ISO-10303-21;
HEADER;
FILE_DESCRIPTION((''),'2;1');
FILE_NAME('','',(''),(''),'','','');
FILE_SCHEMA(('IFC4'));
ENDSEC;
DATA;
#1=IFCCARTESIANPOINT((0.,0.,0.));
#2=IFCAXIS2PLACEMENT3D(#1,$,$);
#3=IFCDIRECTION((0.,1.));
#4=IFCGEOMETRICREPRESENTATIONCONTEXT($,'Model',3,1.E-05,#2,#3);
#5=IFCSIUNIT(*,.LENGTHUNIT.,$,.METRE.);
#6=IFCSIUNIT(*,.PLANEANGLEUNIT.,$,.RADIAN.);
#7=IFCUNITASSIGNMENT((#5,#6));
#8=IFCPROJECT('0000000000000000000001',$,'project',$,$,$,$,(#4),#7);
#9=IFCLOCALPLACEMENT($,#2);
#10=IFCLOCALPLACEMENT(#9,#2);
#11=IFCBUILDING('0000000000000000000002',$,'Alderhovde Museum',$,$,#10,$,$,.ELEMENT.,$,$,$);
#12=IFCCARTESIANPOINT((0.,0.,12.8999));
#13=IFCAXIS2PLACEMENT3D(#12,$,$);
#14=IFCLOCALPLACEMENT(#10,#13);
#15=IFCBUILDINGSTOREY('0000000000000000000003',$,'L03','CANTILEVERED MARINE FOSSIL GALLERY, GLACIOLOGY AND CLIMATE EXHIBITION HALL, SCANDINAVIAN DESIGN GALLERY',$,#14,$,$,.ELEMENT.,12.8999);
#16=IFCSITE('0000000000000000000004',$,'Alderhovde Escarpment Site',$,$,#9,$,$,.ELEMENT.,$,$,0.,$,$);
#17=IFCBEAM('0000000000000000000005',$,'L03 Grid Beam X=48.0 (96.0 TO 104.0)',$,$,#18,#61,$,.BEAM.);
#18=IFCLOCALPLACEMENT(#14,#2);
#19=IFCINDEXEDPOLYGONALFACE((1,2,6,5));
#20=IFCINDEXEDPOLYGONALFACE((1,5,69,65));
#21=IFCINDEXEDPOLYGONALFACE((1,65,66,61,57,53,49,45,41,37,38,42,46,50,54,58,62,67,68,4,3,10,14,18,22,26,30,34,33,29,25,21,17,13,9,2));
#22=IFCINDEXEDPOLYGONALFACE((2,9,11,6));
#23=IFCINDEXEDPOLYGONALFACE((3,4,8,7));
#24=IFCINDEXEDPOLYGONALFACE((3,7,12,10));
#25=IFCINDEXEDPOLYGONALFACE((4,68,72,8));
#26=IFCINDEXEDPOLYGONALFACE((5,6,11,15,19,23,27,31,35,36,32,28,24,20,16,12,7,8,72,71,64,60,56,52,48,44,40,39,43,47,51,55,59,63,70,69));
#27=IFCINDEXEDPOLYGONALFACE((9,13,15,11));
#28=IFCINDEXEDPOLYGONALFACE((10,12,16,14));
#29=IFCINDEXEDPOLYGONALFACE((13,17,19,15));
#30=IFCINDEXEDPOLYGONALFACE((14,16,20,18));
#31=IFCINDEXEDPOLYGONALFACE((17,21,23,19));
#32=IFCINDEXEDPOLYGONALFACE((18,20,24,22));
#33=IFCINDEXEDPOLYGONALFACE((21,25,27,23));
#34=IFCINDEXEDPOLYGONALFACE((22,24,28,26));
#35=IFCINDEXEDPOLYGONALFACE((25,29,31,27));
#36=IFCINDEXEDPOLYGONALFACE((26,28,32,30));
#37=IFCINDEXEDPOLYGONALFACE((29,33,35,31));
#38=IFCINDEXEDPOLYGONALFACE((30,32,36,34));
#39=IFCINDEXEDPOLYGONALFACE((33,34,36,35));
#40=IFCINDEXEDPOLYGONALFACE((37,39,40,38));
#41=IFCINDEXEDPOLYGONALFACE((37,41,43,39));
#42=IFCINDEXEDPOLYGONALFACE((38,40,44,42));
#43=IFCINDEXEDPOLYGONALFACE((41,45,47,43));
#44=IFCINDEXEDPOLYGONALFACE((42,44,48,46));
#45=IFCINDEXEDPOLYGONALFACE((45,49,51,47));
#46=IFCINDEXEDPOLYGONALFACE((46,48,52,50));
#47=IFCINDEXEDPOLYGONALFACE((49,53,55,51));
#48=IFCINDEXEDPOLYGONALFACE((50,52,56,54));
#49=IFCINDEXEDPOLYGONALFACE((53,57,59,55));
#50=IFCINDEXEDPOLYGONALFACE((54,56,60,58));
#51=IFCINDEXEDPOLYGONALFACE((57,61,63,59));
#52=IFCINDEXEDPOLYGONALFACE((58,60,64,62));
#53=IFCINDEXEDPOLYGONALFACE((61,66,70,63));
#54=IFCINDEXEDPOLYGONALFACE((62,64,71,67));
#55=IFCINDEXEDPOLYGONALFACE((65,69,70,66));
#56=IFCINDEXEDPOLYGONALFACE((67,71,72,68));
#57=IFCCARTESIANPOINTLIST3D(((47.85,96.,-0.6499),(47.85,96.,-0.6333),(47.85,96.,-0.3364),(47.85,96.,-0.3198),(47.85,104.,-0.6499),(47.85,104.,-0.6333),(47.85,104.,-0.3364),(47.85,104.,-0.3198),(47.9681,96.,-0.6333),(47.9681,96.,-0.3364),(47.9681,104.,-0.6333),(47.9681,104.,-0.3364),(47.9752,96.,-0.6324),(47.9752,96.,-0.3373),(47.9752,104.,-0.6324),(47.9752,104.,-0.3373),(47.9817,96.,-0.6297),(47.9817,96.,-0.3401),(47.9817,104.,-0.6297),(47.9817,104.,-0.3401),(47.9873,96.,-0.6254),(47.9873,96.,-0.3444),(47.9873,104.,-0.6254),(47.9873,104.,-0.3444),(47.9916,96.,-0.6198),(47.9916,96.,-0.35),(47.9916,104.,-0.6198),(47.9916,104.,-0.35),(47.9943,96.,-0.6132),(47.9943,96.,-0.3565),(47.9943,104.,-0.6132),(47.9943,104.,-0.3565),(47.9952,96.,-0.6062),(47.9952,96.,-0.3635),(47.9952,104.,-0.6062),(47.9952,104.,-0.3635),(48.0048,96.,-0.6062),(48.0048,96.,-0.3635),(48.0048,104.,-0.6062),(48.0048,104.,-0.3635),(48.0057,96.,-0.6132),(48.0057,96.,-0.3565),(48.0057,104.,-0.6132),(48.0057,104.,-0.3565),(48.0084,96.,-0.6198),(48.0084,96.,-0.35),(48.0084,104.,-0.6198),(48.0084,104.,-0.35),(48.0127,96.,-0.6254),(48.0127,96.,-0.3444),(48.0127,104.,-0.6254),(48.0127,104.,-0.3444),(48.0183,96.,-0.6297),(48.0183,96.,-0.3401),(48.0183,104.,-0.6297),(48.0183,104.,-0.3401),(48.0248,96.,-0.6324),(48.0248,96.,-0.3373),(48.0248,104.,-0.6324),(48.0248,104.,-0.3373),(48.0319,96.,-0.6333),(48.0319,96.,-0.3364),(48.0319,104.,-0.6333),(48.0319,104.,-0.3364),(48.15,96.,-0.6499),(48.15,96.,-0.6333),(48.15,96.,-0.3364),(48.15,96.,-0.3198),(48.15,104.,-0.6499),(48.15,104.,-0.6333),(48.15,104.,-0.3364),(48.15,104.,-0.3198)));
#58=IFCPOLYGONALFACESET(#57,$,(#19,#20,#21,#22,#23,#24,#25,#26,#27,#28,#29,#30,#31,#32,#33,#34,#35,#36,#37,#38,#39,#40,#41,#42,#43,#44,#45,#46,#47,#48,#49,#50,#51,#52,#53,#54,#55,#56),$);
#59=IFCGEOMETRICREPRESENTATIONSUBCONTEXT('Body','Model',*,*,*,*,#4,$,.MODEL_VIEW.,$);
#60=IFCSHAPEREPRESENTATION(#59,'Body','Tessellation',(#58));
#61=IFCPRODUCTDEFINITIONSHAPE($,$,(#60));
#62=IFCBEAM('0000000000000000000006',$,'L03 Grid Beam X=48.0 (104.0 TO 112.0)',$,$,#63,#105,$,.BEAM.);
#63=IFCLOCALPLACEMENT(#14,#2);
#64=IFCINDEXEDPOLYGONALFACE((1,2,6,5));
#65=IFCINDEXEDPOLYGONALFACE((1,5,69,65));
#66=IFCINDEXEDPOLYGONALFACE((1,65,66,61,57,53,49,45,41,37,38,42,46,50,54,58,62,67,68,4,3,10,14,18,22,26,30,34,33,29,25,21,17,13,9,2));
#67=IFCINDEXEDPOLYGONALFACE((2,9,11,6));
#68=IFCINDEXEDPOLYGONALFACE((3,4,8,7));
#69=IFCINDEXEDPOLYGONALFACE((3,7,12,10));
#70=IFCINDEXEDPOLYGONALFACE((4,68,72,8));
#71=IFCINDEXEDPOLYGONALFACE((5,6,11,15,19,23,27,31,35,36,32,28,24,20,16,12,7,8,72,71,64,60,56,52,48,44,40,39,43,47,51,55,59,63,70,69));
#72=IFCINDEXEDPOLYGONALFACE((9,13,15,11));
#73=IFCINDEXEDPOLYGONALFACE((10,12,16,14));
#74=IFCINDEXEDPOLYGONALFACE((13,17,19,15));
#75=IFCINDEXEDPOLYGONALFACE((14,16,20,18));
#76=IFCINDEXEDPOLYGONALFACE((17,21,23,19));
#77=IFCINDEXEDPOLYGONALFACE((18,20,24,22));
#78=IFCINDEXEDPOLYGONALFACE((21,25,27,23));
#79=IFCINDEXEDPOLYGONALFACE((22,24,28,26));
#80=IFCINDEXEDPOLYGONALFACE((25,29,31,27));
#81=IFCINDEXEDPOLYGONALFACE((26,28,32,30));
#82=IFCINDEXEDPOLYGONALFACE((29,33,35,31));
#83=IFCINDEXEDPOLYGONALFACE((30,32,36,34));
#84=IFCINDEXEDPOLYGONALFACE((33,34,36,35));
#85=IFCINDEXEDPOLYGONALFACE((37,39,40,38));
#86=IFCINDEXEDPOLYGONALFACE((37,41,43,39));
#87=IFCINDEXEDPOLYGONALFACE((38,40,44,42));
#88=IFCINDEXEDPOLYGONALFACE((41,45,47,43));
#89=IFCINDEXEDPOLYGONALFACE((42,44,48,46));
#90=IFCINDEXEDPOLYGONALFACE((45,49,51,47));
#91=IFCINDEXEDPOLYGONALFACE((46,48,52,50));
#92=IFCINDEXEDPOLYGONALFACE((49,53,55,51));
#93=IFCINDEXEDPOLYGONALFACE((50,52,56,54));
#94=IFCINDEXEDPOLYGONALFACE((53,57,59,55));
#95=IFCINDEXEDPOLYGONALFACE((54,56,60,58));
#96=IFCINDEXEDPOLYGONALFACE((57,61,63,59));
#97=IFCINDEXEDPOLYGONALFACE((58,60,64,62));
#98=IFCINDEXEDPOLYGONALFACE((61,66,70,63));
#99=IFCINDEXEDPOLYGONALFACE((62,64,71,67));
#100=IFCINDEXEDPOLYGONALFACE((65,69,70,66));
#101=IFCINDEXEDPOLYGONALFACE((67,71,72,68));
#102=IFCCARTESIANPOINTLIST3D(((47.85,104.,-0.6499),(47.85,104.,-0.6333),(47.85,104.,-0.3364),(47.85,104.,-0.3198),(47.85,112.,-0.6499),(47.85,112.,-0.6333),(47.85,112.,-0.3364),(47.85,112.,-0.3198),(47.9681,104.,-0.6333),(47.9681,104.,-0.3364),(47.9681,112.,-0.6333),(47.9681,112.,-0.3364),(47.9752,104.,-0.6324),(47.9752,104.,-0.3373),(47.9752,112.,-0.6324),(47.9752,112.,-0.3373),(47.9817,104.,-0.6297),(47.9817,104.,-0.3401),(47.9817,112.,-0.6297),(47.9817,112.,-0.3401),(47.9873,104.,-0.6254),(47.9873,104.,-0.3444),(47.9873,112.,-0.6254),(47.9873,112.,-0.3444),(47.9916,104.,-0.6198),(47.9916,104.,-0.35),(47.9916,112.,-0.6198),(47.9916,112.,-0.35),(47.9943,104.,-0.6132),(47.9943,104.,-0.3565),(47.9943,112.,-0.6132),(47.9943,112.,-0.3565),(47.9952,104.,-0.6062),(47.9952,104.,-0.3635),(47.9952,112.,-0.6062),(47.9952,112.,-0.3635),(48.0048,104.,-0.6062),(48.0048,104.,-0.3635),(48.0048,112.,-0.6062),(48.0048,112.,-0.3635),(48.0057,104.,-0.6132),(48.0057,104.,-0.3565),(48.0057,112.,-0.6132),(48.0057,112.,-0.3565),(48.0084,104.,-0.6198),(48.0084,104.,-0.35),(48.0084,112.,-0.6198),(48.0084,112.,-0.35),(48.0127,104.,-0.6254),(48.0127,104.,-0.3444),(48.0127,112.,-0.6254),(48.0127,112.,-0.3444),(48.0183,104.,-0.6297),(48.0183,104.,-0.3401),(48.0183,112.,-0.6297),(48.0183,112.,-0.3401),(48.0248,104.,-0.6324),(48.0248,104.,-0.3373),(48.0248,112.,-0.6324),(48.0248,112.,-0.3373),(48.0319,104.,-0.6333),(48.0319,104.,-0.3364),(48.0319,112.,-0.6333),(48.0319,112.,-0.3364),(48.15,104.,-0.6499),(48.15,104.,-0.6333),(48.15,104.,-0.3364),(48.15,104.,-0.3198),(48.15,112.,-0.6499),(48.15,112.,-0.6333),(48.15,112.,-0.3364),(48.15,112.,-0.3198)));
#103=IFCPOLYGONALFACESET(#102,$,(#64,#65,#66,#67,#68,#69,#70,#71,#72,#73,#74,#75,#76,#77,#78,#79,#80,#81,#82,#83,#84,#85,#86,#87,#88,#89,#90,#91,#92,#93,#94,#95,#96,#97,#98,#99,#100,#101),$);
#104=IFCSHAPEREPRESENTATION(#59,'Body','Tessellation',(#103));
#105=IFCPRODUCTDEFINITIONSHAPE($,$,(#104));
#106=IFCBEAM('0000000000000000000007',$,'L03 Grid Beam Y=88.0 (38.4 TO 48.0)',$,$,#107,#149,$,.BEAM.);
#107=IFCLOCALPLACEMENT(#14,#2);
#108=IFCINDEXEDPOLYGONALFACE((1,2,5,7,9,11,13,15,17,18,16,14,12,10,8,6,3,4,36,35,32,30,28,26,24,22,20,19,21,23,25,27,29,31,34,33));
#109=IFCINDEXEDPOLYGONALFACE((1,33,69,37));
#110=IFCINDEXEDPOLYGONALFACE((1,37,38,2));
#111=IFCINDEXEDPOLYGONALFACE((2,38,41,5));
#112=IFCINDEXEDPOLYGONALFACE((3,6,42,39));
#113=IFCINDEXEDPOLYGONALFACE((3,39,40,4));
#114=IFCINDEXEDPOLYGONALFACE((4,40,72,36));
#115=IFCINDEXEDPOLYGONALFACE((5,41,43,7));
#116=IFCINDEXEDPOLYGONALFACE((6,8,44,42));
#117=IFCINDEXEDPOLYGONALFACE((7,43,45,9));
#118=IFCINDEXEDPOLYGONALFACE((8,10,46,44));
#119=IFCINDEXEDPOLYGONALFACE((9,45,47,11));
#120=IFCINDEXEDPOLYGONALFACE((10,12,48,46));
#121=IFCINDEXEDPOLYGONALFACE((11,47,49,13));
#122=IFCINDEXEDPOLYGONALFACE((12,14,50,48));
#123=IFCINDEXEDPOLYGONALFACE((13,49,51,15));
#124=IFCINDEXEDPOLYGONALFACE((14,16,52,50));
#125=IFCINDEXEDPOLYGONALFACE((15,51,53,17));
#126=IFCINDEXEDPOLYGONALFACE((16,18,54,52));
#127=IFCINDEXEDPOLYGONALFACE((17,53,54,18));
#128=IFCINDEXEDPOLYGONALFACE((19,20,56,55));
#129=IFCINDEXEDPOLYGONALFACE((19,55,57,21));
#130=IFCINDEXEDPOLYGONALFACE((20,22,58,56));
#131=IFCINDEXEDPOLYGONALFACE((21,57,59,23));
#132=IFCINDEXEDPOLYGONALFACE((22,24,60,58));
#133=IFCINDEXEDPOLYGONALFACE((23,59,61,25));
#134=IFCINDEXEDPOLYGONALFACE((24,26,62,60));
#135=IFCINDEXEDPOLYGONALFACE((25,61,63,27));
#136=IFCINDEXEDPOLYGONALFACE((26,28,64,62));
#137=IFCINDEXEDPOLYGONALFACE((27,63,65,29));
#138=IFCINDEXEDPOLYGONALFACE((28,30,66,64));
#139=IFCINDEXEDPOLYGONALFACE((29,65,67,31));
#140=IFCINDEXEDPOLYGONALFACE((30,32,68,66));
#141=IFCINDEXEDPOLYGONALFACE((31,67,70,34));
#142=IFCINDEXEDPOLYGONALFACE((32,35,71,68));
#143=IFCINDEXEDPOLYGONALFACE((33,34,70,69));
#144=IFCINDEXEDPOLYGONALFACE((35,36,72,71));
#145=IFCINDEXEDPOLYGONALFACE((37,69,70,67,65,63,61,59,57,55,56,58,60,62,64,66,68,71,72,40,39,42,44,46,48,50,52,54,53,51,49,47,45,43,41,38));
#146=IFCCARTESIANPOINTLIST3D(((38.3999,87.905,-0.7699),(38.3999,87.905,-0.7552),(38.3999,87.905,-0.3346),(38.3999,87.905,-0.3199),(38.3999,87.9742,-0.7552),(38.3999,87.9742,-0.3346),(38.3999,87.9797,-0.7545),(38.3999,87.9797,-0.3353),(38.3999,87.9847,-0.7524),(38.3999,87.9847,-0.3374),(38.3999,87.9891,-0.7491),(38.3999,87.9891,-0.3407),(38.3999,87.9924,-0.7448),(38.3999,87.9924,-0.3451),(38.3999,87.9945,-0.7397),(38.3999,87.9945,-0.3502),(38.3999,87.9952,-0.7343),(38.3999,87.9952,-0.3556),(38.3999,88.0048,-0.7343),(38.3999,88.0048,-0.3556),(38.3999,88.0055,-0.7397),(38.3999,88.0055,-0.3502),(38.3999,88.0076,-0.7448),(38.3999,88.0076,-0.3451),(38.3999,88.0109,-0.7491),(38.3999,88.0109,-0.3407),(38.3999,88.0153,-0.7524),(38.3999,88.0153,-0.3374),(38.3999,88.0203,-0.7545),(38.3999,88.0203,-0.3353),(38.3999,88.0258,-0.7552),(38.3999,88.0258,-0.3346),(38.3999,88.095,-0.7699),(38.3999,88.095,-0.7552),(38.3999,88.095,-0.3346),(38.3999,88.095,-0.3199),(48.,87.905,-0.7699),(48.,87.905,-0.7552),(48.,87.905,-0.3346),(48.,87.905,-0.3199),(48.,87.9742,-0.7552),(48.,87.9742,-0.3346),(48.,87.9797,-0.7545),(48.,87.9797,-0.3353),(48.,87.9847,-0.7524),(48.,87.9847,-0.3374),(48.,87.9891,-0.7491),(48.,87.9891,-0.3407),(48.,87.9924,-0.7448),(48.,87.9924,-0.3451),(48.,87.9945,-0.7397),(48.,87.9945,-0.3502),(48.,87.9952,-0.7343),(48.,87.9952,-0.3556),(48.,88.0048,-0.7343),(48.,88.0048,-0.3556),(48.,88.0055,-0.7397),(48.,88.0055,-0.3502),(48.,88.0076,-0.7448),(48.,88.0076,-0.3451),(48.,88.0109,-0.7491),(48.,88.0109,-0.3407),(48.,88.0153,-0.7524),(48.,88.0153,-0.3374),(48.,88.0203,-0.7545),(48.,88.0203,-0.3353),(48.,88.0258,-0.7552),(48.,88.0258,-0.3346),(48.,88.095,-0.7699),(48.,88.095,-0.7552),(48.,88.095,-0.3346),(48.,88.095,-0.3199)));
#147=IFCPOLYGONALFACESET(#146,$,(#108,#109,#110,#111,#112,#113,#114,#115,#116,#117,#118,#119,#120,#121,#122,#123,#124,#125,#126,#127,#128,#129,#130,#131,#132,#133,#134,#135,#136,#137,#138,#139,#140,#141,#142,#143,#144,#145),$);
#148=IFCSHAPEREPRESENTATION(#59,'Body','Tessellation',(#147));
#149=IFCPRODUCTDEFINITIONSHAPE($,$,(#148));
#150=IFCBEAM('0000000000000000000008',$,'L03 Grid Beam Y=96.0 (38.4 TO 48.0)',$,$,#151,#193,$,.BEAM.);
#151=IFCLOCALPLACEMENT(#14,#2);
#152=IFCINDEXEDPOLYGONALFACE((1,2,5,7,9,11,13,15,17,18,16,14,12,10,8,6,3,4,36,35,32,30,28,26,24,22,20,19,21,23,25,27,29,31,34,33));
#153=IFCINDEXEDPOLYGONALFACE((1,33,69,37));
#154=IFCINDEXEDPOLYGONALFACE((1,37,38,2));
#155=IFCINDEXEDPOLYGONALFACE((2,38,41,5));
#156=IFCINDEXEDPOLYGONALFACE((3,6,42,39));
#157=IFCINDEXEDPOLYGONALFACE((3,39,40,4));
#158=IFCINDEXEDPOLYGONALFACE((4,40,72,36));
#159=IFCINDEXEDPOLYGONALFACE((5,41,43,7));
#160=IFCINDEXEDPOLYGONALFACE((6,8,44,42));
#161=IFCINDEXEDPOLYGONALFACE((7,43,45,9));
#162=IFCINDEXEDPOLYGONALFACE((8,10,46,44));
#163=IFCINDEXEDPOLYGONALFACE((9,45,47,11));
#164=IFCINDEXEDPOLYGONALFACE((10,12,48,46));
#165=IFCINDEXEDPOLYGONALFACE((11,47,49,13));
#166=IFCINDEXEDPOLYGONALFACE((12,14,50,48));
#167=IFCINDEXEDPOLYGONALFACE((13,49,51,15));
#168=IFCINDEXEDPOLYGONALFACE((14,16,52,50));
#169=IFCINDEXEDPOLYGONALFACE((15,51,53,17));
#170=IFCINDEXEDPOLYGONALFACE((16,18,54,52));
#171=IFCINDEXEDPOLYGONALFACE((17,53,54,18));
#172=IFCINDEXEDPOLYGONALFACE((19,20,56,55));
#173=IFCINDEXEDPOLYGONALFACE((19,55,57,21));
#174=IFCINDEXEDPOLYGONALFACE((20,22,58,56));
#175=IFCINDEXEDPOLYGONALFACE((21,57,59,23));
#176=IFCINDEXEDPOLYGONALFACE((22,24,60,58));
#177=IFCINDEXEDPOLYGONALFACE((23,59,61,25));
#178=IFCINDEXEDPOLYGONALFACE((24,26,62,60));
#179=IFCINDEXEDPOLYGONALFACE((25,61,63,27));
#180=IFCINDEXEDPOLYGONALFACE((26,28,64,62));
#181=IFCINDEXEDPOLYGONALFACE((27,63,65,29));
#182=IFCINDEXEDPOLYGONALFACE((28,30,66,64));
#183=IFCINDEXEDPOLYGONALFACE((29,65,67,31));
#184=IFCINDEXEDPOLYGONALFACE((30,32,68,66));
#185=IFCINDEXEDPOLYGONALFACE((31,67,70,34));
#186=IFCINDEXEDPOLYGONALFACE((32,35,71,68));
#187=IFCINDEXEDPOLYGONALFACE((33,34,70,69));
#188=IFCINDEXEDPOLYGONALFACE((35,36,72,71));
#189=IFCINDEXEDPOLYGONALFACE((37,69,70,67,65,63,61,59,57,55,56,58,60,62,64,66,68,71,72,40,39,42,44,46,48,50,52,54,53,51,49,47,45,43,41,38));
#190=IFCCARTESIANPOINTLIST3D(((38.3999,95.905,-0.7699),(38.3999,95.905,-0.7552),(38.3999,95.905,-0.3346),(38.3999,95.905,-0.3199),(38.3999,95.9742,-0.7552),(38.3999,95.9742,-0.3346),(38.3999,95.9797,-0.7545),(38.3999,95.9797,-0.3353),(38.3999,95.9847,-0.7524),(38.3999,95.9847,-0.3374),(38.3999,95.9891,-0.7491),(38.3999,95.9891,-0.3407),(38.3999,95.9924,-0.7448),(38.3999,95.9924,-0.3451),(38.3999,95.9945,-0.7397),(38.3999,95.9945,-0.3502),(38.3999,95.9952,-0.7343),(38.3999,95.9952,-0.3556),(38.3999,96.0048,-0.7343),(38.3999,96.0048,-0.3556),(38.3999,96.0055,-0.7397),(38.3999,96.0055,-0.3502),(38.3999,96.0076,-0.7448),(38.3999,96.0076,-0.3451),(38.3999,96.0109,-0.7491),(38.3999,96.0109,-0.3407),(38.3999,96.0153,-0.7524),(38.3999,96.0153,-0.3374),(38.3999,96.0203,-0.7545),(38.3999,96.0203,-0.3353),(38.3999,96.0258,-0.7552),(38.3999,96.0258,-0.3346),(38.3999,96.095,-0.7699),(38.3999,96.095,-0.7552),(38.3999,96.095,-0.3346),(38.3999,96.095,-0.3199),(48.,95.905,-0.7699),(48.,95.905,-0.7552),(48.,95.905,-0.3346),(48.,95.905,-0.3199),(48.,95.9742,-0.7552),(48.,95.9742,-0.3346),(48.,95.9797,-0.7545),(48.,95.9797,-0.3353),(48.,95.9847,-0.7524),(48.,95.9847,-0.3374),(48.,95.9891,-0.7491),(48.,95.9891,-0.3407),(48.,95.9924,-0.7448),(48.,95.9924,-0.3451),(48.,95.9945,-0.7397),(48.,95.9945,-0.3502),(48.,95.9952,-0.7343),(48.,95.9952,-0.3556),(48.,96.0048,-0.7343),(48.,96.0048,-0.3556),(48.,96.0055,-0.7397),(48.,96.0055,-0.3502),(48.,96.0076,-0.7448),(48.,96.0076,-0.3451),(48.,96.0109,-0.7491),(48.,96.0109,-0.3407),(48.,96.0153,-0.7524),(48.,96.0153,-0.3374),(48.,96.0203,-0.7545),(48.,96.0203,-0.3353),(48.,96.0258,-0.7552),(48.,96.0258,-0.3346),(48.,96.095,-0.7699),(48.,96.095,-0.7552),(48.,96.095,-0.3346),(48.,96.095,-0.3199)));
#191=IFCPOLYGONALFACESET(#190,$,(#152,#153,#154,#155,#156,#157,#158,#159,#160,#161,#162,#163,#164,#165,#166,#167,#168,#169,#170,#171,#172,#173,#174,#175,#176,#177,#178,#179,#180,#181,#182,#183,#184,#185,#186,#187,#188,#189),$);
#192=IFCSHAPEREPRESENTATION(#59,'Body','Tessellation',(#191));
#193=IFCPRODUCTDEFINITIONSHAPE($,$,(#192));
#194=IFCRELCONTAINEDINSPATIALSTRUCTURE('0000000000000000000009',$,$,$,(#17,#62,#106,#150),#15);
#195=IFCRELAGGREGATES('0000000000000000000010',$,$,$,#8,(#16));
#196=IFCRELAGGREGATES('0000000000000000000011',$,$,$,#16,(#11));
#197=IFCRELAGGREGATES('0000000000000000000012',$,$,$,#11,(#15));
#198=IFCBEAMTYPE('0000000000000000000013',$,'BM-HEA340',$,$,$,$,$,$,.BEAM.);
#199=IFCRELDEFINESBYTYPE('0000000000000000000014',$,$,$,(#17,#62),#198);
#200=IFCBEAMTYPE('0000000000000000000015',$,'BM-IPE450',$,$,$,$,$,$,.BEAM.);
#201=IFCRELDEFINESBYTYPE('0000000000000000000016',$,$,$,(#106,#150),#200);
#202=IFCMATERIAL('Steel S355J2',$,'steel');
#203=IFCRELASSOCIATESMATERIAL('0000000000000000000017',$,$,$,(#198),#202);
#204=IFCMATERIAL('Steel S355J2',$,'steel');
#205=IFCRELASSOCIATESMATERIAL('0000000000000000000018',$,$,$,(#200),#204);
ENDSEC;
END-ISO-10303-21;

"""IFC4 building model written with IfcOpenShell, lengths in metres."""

from ifc_helpers import new_model, si_unit, direction, frame, origin, origin_2d, place, context, subcontext, project, spatial, i_section, extrude, material, material_profile, profile_set, type_object, element, save


model = new_model("IFC4")

# Units and contexts
model_context = context("Model", 3, precision=1e-05, world=origin(), true_north=direction((0.0, 1.0)))
body_context = subcontext(model_context, "Body", "Model", "MODEL_VIEW")
ifc_project = project(units=[si_unit("LENGTHUNIT", "METRE"), si_unit("PLANEANGLEUNIT", "RADIAN")], contexts=[model_context])

# Site, building, storey
site_placement = place(None, origin())
site = spatial("IfcSite", under=ifc_project, at=site_placement, Name="Alderhovde Escarpment Site", CompositionType="ELEMENT", RefElevation=0.0)
building_placement = place(site_placement, origin())
building = spatial("IfcBuilding", under=site, at=building_placement, Name="Alderhovde Museum", CompositionType="ELEMENT")
storey_placement = place(building_placement, frame((0.0, 0.0, 12.8999)))
storey = spatial("IfcBuildingStorey", under=building, at=storey_placement, Name="L03", Description="CANTILEVERED MARINE FOSSIL GALLERY, GLACIOLOGY AND CLIMATE EXHIBITION HALL, SCANDINAVIAN DESIGN GALLERY", CompositionType="ELEMENT", Elevation=12.8999)

# Beams
ifc_material_1 = material(Name="Steel S355J2", Category="steel")
ifc_material_profile_1 = material_profile(ifc_material_1, i_section(OverallWidth=0.3, OverallDepth=0.3301, WebThickness=0.0095, FlangeThickness=0.0166, FilletRadius=0.0271, at=origin_2d()), Name="HEA 340")
ifc_profile_set_1 = profile_set([ifc_material_profile_1], Name="Steel S355J2")
beam_type_1 = type_object("IfcBeamType", Name="BM-HEA340", PredefinedType="BEAM", material=ifc_profile_set_1)
for number, where, z_axis, x_axis, name in (
    (1, (48.0, 96.0, -0.4849), (0.0, 1.0, 0.0), (-1.0, 0.0, 0.0), "L03 Grid Beam X=48.0 (96.0 TO 104.0)"),
    (2, (48.0, 104.0, -0.4849), (0.0, 1.0, 0.0), (-1.0, 0.0, 0.0), "L03 Grid Beam X=48.0 (104.0 TO 112.0)"),
):
    element("IfcBeam", number, at=place(storey_placement, frame(where, z_axis=z_axis, x_axis=x_axis)), inside=storey, type_object=beam_type_1, Name=name, PredefinedType="BEAM", context=body_context, shape_type="SweptSolid", body=[
        extrude(i_section(OverallWidth=0.3, OverallDepth=0.3301, WebThickness=0.0095, FlangeThickness=0.0166, FilletRadius=0.0271, at=origin_2d()), origin(), (0.0, 0.0, 1.0), 8.0),
    ])
ifc_material_2 = material(Name="Steel S355J2", Category="steel")
ifc_material_profile_2 = material_profile(ifc_material_2, i_section(OverallWidth=0.1899, OverallDepth=0.45, WebThickness=0.0095, FlangeThickness=0.0146, FilletRadius=0.021, at=origin_2d()), Name="IPE 450")
ifc_profile_set_2 = profile_set([ifc_material_profile_2], Name="Steel S355J2")
beam_type_2 = type_object("IfcBeamType", Name="BM-IPE450", PredefinedType="BEAM", material=ifc_profile_set_2)
for number, where, z_axis, x_axis, name in (
    (3, (38.3999, 88.0, -0.5449), (1.0, 0.0, 0.0), (0.0, 1.0, 0.0), "L03 Grid Beam Y=88.0 (38.4 TO 48.0)"),
    (4, (38.3999, 96.0, -0.5449), (1.0, 0.0, 0.0), (0.0, 1.0, 0.0), "L03 Grid Beam Y=96.0 (38.4 TO 48.0)"),
):
    element("IfcBeam", number, at=place(storey_placement, frame(where, z_axis=z_axis, x_axis=x_axis)), inside=storey, type_object=beam_type_2, Name=name, PredefinedType="BEAM", context=body_context, shape_type="SweptSolid", body=[
        extrude(i_section(OverallWidth=0.1899, OverallDepth=0.45, WebThickness=0.0095, FlangeThickness=0.0146, FilletRadius=0.021, at=origin_2d()), origin(), (0.0, 0.0, 1.0), 9.6001),
    ])

save(model, "model.ifc")
